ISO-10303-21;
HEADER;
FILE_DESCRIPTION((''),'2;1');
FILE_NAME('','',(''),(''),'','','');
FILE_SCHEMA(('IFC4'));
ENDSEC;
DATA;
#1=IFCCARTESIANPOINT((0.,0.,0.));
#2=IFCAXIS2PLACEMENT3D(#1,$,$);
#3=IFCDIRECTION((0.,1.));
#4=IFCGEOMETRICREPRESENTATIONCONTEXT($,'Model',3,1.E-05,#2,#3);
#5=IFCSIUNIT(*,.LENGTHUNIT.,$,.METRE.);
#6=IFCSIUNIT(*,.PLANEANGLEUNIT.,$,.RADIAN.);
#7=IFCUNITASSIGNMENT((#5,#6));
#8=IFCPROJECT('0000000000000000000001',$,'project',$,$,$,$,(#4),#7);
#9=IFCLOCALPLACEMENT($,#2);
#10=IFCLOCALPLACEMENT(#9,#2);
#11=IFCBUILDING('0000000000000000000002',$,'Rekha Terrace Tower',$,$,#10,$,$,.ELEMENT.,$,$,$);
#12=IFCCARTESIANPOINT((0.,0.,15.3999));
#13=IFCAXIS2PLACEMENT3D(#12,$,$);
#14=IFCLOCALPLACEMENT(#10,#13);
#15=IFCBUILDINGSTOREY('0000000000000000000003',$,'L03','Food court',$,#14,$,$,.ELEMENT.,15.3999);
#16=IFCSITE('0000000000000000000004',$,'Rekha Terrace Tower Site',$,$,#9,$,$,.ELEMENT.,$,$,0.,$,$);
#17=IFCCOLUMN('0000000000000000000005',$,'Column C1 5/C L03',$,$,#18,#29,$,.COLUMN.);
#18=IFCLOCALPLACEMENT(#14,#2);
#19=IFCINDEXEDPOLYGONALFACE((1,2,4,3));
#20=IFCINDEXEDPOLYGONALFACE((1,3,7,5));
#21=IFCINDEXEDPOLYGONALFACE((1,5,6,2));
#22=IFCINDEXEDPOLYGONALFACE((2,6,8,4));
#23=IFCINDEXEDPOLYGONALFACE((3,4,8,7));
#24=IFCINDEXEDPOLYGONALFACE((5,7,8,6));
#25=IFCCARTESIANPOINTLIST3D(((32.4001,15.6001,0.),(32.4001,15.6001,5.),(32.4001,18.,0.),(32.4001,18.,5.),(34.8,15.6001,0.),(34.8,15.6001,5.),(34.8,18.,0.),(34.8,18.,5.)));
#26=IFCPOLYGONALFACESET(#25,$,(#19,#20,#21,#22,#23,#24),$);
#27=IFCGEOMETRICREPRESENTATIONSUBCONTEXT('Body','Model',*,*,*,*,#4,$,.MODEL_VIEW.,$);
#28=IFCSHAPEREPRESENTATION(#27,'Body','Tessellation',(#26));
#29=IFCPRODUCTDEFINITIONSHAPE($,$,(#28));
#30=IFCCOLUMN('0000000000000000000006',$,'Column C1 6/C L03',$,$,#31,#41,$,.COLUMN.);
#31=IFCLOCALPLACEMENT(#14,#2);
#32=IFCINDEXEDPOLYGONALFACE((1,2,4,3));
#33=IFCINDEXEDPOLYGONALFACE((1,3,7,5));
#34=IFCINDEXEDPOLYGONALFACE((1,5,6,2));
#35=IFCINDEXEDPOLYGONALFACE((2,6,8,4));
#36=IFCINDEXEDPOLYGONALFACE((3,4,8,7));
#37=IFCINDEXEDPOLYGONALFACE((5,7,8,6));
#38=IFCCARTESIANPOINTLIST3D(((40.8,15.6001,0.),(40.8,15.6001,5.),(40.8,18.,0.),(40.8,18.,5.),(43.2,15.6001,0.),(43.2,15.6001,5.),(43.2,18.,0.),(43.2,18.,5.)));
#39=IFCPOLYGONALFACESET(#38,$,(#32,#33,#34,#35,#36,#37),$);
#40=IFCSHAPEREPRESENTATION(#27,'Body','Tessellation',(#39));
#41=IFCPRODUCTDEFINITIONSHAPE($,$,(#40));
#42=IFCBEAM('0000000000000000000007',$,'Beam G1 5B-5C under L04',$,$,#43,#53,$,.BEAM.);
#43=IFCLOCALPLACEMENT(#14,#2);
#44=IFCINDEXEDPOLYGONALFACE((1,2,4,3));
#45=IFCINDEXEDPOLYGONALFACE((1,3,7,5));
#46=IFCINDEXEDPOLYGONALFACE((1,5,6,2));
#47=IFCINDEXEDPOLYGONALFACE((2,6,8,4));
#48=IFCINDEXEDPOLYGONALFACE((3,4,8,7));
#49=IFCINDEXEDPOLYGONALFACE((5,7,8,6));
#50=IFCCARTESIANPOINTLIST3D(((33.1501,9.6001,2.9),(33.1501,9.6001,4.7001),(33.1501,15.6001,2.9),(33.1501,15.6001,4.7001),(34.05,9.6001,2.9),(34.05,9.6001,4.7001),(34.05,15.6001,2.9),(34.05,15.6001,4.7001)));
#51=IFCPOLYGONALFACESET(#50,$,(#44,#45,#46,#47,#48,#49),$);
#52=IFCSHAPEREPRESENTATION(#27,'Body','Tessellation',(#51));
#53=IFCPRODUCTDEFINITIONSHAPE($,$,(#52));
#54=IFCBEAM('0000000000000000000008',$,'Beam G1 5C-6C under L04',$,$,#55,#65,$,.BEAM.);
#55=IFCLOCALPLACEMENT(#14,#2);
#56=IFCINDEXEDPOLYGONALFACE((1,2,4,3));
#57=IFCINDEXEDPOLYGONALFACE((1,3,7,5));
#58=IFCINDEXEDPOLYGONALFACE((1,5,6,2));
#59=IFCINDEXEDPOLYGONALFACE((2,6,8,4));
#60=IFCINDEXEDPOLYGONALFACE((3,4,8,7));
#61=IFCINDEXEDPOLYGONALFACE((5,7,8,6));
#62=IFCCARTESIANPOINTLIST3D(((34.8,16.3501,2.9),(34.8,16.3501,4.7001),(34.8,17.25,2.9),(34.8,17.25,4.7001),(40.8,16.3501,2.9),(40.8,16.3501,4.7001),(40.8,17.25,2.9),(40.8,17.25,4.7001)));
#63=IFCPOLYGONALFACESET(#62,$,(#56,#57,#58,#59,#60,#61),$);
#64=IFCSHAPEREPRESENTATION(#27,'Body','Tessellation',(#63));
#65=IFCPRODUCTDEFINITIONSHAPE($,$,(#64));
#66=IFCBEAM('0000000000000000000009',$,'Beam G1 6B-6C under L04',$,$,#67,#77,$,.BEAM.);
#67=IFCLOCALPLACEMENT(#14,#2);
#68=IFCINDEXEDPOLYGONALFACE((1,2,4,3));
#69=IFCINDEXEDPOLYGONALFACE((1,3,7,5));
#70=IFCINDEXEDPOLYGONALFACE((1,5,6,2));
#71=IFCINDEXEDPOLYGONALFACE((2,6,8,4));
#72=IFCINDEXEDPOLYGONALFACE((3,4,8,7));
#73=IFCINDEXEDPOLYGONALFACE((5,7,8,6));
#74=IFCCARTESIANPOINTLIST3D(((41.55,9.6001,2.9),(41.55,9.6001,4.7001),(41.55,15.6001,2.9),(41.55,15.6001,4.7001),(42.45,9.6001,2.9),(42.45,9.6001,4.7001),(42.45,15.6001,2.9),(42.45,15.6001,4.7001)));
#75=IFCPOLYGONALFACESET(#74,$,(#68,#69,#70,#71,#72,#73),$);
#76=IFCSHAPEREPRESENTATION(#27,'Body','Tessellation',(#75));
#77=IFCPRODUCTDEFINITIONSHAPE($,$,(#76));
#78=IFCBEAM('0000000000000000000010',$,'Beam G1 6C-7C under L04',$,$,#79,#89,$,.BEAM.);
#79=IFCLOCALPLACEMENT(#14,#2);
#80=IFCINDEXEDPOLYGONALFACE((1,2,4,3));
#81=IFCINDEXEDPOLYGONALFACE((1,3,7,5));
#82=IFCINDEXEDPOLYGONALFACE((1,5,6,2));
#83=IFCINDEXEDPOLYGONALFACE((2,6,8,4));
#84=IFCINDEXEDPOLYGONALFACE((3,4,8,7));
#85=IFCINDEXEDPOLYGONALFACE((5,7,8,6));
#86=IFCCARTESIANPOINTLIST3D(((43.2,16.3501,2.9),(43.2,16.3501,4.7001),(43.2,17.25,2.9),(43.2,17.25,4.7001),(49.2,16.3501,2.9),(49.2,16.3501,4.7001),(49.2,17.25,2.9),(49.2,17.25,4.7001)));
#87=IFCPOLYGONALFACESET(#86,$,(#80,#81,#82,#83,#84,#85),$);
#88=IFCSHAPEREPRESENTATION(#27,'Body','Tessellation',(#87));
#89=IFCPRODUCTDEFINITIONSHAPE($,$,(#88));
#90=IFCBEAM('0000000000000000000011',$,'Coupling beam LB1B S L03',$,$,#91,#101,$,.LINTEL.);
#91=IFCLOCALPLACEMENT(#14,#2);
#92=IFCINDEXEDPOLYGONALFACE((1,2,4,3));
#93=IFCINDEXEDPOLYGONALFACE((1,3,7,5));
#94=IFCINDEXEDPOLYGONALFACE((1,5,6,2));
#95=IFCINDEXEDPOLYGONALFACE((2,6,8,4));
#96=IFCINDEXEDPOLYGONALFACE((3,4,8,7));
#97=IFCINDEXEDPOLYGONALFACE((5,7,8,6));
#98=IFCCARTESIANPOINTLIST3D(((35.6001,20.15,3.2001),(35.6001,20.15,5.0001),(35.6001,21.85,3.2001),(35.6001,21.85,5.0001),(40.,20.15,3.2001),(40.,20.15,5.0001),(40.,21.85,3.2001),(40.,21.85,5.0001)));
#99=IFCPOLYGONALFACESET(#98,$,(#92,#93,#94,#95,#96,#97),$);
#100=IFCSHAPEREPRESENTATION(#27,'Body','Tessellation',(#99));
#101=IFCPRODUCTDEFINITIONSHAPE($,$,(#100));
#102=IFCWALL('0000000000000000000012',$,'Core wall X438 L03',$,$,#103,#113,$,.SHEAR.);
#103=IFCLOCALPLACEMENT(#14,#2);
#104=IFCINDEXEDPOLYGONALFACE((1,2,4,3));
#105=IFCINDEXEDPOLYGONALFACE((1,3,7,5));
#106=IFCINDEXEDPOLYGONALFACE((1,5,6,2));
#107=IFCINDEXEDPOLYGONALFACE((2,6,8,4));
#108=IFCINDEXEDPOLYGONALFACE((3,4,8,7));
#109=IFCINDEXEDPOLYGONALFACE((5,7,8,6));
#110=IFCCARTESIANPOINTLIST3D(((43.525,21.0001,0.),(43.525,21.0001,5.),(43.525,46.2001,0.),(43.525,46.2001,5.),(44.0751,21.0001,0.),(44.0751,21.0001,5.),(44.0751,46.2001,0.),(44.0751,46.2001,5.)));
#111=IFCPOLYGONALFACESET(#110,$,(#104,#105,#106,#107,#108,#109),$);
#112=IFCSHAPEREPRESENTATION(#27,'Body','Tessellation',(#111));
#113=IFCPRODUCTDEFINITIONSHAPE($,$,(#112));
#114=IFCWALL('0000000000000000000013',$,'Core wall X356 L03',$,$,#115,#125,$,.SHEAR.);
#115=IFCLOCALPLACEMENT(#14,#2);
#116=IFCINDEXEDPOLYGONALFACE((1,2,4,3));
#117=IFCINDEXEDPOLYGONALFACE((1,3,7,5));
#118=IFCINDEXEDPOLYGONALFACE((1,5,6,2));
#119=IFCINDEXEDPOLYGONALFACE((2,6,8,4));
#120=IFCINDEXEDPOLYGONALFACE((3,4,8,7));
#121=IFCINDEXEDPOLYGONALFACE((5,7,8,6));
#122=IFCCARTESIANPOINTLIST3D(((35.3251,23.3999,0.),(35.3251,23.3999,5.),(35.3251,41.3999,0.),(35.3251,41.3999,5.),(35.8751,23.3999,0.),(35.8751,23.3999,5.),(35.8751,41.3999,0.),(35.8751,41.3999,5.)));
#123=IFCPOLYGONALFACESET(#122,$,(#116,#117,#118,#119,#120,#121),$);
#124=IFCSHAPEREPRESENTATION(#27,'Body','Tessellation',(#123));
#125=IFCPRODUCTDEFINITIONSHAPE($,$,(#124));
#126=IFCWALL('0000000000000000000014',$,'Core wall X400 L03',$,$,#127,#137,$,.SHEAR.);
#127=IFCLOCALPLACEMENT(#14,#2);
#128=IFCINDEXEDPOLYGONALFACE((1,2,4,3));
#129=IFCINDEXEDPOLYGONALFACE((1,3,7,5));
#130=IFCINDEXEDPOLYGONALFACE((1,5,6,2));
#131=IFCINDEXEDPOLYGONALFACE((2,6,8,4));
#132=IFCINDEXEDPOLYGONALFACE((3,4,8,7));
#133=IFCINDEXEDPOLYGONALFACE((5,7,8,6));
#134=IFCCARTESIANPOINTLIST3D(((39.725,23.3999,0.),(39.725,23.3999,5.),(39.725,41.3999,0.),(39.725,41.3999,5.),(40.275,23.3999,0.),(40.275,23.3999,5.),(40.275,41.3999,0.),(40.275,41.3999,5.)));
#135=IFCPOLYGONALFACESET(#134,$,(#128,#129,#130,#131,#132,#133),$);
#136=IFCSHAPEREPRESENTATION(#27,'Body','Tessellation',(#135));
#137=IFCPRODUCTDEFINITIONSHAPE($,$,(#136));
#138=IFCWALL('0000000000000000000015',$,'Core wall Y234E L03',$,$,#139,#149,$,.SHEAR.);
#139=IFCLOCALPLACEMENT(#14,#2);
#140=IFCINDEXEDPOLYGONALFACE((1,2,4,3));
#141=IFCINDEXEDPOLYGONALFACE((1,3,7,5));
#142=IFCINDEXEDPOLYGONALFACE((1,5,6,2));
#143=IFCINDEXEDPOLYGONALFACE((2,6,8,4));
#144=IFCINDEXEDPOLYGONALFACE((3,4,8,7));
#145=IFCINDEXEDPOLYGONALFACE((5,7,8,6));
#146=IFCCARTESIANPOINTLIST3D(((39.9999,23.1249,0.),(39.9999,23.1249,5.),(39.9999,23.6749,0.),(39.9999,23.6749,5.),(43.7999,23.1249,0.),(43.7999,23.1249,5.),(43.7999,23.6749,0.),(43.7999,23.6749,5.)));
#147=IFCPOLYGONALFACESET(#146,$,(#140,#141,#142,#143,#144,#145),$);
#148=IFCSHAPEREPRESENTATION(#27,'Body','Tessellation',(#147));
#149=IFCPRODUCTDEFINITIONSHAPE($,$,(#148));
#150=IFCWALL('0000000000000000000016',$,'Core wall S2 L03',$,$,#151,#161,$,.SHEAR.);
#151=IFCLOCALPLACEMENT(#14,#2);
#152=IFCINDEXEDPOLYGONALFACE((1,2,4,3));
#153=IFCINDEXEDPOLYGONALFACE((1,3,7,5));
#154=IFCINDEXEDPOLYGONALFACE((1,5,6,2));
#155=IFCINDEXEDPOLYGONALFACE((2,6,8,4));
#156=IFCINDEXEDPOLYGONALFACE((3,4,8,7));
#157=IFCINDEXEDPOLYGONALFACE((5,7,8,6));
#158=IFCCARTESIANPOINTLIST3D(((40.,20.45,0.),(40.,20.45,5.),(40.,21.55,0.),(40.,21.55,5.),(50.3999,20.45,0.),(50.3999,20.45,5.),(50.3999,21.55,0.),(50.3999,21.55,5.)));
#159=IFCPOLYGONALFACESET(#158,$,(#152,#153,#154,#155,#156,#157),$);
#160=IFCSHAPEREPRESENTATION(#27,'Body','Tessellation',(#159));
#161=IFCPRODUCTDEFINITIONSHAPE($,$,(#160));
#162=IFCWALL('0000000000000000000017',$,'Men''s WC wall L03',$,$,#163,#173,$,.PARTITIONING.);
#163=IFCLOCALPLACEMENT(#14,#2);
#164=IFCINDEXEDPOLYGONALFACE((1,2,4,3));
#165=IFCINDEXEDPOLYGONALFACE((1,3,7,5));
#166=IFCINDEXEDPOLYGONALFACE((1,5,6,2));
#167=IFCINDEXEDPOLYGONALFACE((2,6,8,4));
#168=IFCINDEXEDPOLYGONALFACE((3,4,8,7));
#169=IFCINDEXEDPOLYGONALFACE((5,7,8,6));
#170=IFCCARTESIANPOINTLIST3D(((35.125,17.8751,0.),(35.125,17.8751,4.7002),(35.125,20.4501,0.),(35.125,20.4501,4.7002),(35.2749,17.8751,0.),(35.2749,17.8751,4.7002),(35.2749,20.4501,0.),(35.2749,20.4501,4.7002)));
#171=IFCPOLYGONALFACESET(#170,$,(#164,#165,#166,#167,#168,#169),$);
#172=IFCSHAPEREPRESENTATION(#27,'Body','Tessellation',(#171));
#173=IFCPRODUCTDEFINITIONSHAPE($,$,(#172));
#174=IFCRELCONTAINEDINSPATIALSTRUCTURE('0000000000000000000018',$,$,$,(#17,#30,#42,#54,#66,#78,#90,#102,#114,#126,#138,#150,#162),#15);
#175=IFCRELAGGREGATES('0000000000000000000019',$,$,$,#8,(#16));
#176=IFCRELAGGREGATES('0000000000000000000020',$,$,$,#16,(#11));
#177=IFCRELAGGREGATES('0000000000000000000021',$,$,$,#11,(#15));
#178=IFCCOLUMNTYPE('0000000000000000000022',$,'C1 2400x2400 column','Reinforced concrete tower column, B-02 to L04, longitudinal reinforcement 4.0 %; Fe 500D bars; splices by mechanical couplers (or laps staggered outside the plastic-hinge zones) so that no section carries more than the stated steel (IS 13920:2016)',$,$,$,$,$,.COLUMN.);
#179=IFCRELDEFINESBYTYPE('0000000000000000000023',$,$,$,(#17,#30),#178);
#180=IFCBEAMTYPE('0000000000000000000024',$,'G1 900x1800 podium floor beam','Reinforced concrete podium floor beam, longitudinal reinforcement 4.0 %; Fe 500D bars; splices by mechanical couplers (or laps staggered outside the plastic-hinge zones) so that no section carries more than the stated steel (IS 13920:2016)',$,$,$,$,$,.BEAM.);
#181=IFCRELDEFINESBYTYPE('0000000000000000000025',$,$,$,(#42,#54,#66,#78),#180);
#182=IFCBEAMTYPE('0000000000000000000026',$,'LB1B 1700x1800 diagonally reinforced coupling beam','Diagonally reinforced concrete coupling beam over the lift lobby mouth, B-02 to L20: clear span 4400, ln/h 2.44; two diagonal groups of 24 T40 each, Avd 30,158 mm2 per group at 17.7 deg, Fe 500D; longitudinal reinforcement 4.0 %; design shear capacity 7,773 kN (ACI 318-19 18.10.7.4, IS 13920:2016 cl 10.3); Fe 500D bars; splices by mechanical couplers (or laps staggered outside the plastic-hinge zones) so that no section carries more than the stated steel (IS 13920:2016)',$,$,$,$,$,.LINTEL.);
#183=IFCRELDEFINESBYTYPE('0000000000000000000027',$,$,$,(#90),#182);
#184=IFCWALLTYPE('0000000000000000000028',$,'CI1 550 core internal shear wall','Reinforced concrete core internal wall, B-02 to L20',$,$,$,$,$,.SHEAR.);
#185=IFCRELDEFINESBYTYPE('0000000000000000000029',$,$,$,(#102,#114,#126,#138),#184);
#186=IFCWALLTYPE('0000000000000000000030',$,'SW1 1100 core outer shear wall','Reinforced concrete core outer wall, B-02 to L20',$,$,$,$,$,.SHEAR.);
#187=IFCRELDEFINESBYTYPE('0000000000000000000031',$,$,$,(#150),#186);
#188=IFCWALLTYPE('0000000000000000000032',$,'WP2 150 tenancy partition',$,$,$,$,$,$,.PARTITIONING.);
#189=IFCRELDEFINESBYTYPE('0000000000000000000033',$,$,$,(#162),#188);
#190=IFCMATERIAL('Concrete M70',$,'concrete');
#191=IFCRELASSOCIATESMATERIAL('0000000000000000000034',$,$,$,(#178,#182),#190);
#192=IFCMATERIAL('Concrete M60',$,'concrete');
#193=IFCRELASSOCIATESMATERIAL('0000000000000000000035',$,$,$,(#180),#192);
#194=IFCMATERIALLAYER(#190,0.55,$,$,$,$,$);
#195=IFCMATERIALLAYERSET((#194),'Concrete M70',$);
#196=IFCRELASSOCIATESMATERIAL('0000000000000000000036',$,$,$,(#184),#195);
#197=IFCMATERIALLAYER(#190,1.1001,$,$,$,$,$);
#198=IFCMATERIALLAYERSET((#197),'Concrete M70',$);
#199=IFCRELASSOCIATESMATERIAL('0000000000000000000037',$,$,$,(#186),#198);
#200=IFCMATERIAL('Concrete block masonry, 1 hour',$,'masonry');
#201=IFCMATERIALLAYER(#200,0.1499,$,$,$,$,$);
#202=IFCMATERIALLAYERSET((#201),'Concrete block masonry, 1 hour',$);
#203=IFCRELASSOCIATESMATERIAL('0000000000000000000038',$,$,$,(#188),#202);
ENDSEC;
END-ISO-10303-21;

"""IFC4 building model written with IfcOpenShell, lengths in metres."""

from ifc_helpers import new_model, si_unit, direction, frame, frame_2d, origin, origin_2d, place, context, subcontext, project, spatial, rectangle, extrude, material, layer, layer_set, material_profile, profile_set, type_object, element, save


model = new_model("IFC4")

# Units and contexts
model_context = context("Model", 3, precision=1e-05, world=origin(), true_north=direction((0.0, 1.0)))
body_context = subcontext(model_context, "Body", "Model", "MODEL_VIEW")
ifc_project = project(units=[si_unit("LENGTHUNIT", "METRE"), si_unit("PLANEANGLEUNIT", "RADIAN")], contexts=[model_context])

# Site, building, storey
site_placement = place(None, origin())
site = spatial("IfcSite", under=ifc_project, at=site_placement, Name="Rekha Terrace Tower Site", CompositionType="ELEMENT", RefElevation=0.0)
building_placement = place(site_placement, origin())
building = spatial("IfcBuilding", under=site, at=building_placement, Name="Rekha Terrace Tower", CompositionType="ELEMENT")
storey_placement = place(building_placement, frame((0.0, 0.0, 15.3999)))
storey = spatial("IfcBuildingStorey", under=building, at=storey_placement, Name="L03", Description="Food court", CompositionType="ELEMENT", Elevation=15.3999)

# Columns
ifc_material_1 = material(Name="Concrete M70", Category="concrete")
ifc_material_profile_1 = material_profile(ifc_material_1, rectangle(XDim=2.3999, YDim=2.3999, at=origin_2d()), Name="RC 2400x2400")
ifc_profile_set_1 = profile_set([ifc_material_profile_1], Name="Concrete M70")
column_type = type_object("IfcColumnType", Name="C1 2400x2400 column", Description="Reinforced concrete tower column, B-02 to L04, longitudinal reinforcement 4.0 %; Fe 500D bars; splices by mechanical couplers (or laps staggered outside the plastic-hinge zones) so that no section carries more than the stated steel (IS 13920:2016)", PredefinedType="COLUMN", material=ifc_profile_set_1)
for number, where, z_axis, x_axis, name in (
    (1, (33.6001, 16.8, 0.0), (0.0, 0.0, 1.0), (1.0, 0.0, 0.0), "Column C1 5/C L03"),
    (2, (42.0, 16.8, 0.0), (0.0, 0.0, 1.0), (1.0, 0.0, 0.0), "Column C1 6/C L03"),
):
    element("IfcColumn", number, at=place(storey_placement, frame(where, z_axis=z_axis, x_axis=x_axis)), inside=storey, type_object=column_type, Name=name, PredefinedType="COLUMN", context=body_context, shape_type="SweptSolid", body=[
        extrude(rectangle(XDim=2.3999, YDim=2.3999, at=origin_2d()), origin(), (0.0, 0.0, 1.0), 5.0),
    ])

# Beams
ifc_material_2 = material(Name="Concrete M60", Category="concrete")
ifc_material_profile_2 = material_profile(ifc_material_2, rectangle(XDim=0.8999, YDim=1.8, at=origin_2d()), Name="RC 900x1800")
ifc_profile_set_2 = profile_set([ifc_material_profile_2], Name="Concrete M60")
beam_type_1 = type_object("IfcBeamType", Name="G1 900x1800 podium floor beam", Description="Reinforced concrete podium floor beam, longitudinal reinforcement 4.0 %; Fe 500D bars; splices by mechanical couplers (or laps staggered outside the plastic-hinge zones) so that no section carries more than the stated steel (IS 13920:2016)", PredefinedType="BEAM", material=ifc_profile_set_2)
for number, where, z_axis, x_axis, name in (
    (3, (33.6001, 9.6001, 3.8), (0.0, 1.0, 0.0), (-1.0, 0.0, 0.0), "Beam G1 5B-5C under L04"),
    (4, (34.8, 16.8, 3.8), (1.0, 0.0, 0.0), (0.0, 1.0, 0.0), "Beam G1 5C-6C under L04"),
    (5, (42.0, 9.6001, 3.8), (0.0, 1.0, 0.0), (-1.0, 0.0, 0.0), "Beam G1 6B-6C under L04"),
    (6, (43.2, 16.8, 3.8), (1.0, 0.0, 0.0), (0.0, 1.0, 0.0), "Beam G1 6C-7C under L04"),
):
    element("IfcBeam", number, at=place(storey_placement, frame(where, z_axis=z_axis, x_axis=x_axis)), inside=storey, type_object=beam_type_1, Name=name, PredefinedType="BEAM", context=body_context, shape_type="SweptSolid", body=[
        extrude(rectangle(XDim=0.8999, YDim=1.8, at=origin_2d()), origin(), (0.0, 0.0, 1.0), 6.0),
    ])
ifc_material_profile_3 = material_profile(ifc_material_1, rectangle(XDim=1.7, YDim=1.8, at=origin_2d()), Name="RC 1700x1800")
ifc_profile_set_3 = profile_set([ifc_material_profile_3], Name="Concrete M70")
beam_type_2 = type_object("IfcBeamType", Name="LB1B 1700x1800 diagonally reinforced coupling beam", Description="Diagonally reinforced concrete coupling beam over the lift lobby mouth, B-02 to L20: clear span 4400, ln/h 2.44; two diagonal groups of 24 T40 each, Avd 30,158 mm2 per group at 17.7 deg, Fe 500D; longitudinal reinforcement 4.0 %; design shear capacity 7,773 kN (ACI 318-19 18.10.7.4, IS 13920:2016 cl 10.3); Fe 500D bars; splices by mechanical couplers (or laps staggered outside the plastic-hinge zones) so that no section carries more than the stated steel (IS 13920:2016)", PredefinedType="LINTEL", material=ifc_profile_set_3)
beam_placement = place(storey_placement, frame((35.6001, 21.0, 4.1001), z_axis=(1.0, 0.0, 0.0), x_axis=(0.0, 1.0, 0.0)))
element("IfcBeam", 7, at=beam_placement, inside=storey, type_object=beam_type_2, Name="Coupling beam LB1B S L03", PredefinedType="LINTEL", context=body_context, shape_type="SweptSolid", body=[
    extrude(rectangle(XDim=1.7, YDim=1.8, at=origin_2d()), origin(), (0.0, 0.0, 1.0), 4.3999),
])

# Walls
ifc_layer_1 = layer(ifc_material_1, 0.55)
ifc_layer_set_1 = layer_set([ifc_layer_1], Name="Concrete M70")
wall_type_1 = type_object("IfcWallType", Name="CI1 550 core internal shear wall", Description="Reinforced concrete core internal wall, B-02 to L20", PredefinedType="SHEAR", material=ifc_layer_set_1)
wall_1_placement = place(storey_placement, frame((43.8, 21.0, 0.0), z_axis=(0.0, 0.0, 1.0), x_axis=(0.0, 1.0, 0.0)))
element("IfcWall", 8, at=wall_1_placement, inside=storey, type_object=wall_type_1, Name="Core wall X438 L03", PredefinedType="SHEAR", context=body_context, shape_type="SweptSolid", body=[
    extrude(rectangle(XDim=25.2, YDim=0.55, at=frame_2d((12.6001, 0.0))), origin(), (0.0, 0.0, 1.0), 5.0),
])
for number, where, z_axis, x_axis, name in (
    (9, (35.6001, 23.3999, 0.0), (0.0, 0.0, 1.0), (0.0, 1.0, 0.0), "Core wall X356 L03"),
    (10, (40.0, 23.3999, 0.0), (0.0, 0.0, 1.0), (0.0, 1.0, 0.0), "Core wall X400 L03"),
):
    element("IfcWall", number, at=place(storey_placement, frame(where, z_axis=z_axis, x_axis=x_axis)), inside=storey, type_object=wall_type_1, Name=name, PredefinedType="SHEAR", context=body_context, shape_type="SweptSolid", body=[
        extrude(rectangle(XDim=18.0, YDim=0.55, at=frame_2d((9.0, 0.0))), origin(), (0.0, 0.0, 1.0), 5.0),
    ])
wall_2_placement = place(storey_placement, frame((40.0, 23.3999, 0.0), z_axis=(0.0, 0.0, 1.0), x_axis=(1.0, 0.0, 0.0)))
element("IfcWall", 11, at=wall_2_placement, inside=storey, type_object=wall_type_1, Name="Core wall Y234E L03", PredefinedType="SHEAR", context=body_context, shape_type="SweptSolid", body=[
    extrude(rectangle(XDim=3.8, YDim=0.55, at=frame_2d((1.8999, 0.0))), origin(), (0.0, 0.0, 1.0), 5.0),
])
ifc_layer_2 = layer(ifc_material_1, 1.1001)
ifc_layer_set_2 = layer_set([ifc_layer_2], Name="Concrete M70")
wall_type_2 = type_object("IfcWallType", Name="SW1 1100 core outer shear wall", Description="Reinforced concrete core outer wall, B-02 to L20", PredefinedType="SHEAR", material=ifc_layer_set_2)
wall_3_placement = place(storey_placement, frame((40.0, 21.0, 0.0), z_axis=(0.0, 0.0, 1.0), x_axis=(1.0, 0.0, 0.0)))
element("IfcWall", 12, at=wall_3_placement, inside=storey, type_object=wall_type_2, Name="Core wall S2 L03", PredefinedType="SHEAR", context=body_context, shape_type="SweptSolid", body=[
    extrude(rectangle(XDim=10.3999, YDim=1.1001, at=frame_2d((5.2, 0.0))), origin(), (0.0, 0.0, 1.0), 5.0),
])
ifc_material_3 = material(Name="Concrete block masonry, 1 hour", Category="masonry")
ifc_layer_3 = layer(ifc_material_3, 0.1499)
ifc_layer_set_3 = layer_set([ifc_layer_3], Name="Concrete block masonry, 1 hour")
wall_type_3 = type_object("IfcWallType", Name="WP2 150 tenancy partition", PredefinedType="PARTITIONING", material=ifc_layer_set_3)
wall_4_placement = place(storey_placement, frame((35.2, 17.875, 0.0), z_axis=(0.0, 0.0, 1.0), x_axis=(0.0, 1.0, 0.0)))
element("IfcWall", 13, at=wall_4_placement, inside=storey, type_object=wall_type_3, Name="Men's WC wall L03", PredefinedType="PARTITIONING", context=body_context, shape_type="SweptSolid", body=[
    extrude(rectangle(XDim=2.575, YDim=0.1499, at=frame_2d((1.2876, 0.0))), origin(), (0.0, 0.0, 1.0), 4.7002),
])

save(model, "model.ifc")
